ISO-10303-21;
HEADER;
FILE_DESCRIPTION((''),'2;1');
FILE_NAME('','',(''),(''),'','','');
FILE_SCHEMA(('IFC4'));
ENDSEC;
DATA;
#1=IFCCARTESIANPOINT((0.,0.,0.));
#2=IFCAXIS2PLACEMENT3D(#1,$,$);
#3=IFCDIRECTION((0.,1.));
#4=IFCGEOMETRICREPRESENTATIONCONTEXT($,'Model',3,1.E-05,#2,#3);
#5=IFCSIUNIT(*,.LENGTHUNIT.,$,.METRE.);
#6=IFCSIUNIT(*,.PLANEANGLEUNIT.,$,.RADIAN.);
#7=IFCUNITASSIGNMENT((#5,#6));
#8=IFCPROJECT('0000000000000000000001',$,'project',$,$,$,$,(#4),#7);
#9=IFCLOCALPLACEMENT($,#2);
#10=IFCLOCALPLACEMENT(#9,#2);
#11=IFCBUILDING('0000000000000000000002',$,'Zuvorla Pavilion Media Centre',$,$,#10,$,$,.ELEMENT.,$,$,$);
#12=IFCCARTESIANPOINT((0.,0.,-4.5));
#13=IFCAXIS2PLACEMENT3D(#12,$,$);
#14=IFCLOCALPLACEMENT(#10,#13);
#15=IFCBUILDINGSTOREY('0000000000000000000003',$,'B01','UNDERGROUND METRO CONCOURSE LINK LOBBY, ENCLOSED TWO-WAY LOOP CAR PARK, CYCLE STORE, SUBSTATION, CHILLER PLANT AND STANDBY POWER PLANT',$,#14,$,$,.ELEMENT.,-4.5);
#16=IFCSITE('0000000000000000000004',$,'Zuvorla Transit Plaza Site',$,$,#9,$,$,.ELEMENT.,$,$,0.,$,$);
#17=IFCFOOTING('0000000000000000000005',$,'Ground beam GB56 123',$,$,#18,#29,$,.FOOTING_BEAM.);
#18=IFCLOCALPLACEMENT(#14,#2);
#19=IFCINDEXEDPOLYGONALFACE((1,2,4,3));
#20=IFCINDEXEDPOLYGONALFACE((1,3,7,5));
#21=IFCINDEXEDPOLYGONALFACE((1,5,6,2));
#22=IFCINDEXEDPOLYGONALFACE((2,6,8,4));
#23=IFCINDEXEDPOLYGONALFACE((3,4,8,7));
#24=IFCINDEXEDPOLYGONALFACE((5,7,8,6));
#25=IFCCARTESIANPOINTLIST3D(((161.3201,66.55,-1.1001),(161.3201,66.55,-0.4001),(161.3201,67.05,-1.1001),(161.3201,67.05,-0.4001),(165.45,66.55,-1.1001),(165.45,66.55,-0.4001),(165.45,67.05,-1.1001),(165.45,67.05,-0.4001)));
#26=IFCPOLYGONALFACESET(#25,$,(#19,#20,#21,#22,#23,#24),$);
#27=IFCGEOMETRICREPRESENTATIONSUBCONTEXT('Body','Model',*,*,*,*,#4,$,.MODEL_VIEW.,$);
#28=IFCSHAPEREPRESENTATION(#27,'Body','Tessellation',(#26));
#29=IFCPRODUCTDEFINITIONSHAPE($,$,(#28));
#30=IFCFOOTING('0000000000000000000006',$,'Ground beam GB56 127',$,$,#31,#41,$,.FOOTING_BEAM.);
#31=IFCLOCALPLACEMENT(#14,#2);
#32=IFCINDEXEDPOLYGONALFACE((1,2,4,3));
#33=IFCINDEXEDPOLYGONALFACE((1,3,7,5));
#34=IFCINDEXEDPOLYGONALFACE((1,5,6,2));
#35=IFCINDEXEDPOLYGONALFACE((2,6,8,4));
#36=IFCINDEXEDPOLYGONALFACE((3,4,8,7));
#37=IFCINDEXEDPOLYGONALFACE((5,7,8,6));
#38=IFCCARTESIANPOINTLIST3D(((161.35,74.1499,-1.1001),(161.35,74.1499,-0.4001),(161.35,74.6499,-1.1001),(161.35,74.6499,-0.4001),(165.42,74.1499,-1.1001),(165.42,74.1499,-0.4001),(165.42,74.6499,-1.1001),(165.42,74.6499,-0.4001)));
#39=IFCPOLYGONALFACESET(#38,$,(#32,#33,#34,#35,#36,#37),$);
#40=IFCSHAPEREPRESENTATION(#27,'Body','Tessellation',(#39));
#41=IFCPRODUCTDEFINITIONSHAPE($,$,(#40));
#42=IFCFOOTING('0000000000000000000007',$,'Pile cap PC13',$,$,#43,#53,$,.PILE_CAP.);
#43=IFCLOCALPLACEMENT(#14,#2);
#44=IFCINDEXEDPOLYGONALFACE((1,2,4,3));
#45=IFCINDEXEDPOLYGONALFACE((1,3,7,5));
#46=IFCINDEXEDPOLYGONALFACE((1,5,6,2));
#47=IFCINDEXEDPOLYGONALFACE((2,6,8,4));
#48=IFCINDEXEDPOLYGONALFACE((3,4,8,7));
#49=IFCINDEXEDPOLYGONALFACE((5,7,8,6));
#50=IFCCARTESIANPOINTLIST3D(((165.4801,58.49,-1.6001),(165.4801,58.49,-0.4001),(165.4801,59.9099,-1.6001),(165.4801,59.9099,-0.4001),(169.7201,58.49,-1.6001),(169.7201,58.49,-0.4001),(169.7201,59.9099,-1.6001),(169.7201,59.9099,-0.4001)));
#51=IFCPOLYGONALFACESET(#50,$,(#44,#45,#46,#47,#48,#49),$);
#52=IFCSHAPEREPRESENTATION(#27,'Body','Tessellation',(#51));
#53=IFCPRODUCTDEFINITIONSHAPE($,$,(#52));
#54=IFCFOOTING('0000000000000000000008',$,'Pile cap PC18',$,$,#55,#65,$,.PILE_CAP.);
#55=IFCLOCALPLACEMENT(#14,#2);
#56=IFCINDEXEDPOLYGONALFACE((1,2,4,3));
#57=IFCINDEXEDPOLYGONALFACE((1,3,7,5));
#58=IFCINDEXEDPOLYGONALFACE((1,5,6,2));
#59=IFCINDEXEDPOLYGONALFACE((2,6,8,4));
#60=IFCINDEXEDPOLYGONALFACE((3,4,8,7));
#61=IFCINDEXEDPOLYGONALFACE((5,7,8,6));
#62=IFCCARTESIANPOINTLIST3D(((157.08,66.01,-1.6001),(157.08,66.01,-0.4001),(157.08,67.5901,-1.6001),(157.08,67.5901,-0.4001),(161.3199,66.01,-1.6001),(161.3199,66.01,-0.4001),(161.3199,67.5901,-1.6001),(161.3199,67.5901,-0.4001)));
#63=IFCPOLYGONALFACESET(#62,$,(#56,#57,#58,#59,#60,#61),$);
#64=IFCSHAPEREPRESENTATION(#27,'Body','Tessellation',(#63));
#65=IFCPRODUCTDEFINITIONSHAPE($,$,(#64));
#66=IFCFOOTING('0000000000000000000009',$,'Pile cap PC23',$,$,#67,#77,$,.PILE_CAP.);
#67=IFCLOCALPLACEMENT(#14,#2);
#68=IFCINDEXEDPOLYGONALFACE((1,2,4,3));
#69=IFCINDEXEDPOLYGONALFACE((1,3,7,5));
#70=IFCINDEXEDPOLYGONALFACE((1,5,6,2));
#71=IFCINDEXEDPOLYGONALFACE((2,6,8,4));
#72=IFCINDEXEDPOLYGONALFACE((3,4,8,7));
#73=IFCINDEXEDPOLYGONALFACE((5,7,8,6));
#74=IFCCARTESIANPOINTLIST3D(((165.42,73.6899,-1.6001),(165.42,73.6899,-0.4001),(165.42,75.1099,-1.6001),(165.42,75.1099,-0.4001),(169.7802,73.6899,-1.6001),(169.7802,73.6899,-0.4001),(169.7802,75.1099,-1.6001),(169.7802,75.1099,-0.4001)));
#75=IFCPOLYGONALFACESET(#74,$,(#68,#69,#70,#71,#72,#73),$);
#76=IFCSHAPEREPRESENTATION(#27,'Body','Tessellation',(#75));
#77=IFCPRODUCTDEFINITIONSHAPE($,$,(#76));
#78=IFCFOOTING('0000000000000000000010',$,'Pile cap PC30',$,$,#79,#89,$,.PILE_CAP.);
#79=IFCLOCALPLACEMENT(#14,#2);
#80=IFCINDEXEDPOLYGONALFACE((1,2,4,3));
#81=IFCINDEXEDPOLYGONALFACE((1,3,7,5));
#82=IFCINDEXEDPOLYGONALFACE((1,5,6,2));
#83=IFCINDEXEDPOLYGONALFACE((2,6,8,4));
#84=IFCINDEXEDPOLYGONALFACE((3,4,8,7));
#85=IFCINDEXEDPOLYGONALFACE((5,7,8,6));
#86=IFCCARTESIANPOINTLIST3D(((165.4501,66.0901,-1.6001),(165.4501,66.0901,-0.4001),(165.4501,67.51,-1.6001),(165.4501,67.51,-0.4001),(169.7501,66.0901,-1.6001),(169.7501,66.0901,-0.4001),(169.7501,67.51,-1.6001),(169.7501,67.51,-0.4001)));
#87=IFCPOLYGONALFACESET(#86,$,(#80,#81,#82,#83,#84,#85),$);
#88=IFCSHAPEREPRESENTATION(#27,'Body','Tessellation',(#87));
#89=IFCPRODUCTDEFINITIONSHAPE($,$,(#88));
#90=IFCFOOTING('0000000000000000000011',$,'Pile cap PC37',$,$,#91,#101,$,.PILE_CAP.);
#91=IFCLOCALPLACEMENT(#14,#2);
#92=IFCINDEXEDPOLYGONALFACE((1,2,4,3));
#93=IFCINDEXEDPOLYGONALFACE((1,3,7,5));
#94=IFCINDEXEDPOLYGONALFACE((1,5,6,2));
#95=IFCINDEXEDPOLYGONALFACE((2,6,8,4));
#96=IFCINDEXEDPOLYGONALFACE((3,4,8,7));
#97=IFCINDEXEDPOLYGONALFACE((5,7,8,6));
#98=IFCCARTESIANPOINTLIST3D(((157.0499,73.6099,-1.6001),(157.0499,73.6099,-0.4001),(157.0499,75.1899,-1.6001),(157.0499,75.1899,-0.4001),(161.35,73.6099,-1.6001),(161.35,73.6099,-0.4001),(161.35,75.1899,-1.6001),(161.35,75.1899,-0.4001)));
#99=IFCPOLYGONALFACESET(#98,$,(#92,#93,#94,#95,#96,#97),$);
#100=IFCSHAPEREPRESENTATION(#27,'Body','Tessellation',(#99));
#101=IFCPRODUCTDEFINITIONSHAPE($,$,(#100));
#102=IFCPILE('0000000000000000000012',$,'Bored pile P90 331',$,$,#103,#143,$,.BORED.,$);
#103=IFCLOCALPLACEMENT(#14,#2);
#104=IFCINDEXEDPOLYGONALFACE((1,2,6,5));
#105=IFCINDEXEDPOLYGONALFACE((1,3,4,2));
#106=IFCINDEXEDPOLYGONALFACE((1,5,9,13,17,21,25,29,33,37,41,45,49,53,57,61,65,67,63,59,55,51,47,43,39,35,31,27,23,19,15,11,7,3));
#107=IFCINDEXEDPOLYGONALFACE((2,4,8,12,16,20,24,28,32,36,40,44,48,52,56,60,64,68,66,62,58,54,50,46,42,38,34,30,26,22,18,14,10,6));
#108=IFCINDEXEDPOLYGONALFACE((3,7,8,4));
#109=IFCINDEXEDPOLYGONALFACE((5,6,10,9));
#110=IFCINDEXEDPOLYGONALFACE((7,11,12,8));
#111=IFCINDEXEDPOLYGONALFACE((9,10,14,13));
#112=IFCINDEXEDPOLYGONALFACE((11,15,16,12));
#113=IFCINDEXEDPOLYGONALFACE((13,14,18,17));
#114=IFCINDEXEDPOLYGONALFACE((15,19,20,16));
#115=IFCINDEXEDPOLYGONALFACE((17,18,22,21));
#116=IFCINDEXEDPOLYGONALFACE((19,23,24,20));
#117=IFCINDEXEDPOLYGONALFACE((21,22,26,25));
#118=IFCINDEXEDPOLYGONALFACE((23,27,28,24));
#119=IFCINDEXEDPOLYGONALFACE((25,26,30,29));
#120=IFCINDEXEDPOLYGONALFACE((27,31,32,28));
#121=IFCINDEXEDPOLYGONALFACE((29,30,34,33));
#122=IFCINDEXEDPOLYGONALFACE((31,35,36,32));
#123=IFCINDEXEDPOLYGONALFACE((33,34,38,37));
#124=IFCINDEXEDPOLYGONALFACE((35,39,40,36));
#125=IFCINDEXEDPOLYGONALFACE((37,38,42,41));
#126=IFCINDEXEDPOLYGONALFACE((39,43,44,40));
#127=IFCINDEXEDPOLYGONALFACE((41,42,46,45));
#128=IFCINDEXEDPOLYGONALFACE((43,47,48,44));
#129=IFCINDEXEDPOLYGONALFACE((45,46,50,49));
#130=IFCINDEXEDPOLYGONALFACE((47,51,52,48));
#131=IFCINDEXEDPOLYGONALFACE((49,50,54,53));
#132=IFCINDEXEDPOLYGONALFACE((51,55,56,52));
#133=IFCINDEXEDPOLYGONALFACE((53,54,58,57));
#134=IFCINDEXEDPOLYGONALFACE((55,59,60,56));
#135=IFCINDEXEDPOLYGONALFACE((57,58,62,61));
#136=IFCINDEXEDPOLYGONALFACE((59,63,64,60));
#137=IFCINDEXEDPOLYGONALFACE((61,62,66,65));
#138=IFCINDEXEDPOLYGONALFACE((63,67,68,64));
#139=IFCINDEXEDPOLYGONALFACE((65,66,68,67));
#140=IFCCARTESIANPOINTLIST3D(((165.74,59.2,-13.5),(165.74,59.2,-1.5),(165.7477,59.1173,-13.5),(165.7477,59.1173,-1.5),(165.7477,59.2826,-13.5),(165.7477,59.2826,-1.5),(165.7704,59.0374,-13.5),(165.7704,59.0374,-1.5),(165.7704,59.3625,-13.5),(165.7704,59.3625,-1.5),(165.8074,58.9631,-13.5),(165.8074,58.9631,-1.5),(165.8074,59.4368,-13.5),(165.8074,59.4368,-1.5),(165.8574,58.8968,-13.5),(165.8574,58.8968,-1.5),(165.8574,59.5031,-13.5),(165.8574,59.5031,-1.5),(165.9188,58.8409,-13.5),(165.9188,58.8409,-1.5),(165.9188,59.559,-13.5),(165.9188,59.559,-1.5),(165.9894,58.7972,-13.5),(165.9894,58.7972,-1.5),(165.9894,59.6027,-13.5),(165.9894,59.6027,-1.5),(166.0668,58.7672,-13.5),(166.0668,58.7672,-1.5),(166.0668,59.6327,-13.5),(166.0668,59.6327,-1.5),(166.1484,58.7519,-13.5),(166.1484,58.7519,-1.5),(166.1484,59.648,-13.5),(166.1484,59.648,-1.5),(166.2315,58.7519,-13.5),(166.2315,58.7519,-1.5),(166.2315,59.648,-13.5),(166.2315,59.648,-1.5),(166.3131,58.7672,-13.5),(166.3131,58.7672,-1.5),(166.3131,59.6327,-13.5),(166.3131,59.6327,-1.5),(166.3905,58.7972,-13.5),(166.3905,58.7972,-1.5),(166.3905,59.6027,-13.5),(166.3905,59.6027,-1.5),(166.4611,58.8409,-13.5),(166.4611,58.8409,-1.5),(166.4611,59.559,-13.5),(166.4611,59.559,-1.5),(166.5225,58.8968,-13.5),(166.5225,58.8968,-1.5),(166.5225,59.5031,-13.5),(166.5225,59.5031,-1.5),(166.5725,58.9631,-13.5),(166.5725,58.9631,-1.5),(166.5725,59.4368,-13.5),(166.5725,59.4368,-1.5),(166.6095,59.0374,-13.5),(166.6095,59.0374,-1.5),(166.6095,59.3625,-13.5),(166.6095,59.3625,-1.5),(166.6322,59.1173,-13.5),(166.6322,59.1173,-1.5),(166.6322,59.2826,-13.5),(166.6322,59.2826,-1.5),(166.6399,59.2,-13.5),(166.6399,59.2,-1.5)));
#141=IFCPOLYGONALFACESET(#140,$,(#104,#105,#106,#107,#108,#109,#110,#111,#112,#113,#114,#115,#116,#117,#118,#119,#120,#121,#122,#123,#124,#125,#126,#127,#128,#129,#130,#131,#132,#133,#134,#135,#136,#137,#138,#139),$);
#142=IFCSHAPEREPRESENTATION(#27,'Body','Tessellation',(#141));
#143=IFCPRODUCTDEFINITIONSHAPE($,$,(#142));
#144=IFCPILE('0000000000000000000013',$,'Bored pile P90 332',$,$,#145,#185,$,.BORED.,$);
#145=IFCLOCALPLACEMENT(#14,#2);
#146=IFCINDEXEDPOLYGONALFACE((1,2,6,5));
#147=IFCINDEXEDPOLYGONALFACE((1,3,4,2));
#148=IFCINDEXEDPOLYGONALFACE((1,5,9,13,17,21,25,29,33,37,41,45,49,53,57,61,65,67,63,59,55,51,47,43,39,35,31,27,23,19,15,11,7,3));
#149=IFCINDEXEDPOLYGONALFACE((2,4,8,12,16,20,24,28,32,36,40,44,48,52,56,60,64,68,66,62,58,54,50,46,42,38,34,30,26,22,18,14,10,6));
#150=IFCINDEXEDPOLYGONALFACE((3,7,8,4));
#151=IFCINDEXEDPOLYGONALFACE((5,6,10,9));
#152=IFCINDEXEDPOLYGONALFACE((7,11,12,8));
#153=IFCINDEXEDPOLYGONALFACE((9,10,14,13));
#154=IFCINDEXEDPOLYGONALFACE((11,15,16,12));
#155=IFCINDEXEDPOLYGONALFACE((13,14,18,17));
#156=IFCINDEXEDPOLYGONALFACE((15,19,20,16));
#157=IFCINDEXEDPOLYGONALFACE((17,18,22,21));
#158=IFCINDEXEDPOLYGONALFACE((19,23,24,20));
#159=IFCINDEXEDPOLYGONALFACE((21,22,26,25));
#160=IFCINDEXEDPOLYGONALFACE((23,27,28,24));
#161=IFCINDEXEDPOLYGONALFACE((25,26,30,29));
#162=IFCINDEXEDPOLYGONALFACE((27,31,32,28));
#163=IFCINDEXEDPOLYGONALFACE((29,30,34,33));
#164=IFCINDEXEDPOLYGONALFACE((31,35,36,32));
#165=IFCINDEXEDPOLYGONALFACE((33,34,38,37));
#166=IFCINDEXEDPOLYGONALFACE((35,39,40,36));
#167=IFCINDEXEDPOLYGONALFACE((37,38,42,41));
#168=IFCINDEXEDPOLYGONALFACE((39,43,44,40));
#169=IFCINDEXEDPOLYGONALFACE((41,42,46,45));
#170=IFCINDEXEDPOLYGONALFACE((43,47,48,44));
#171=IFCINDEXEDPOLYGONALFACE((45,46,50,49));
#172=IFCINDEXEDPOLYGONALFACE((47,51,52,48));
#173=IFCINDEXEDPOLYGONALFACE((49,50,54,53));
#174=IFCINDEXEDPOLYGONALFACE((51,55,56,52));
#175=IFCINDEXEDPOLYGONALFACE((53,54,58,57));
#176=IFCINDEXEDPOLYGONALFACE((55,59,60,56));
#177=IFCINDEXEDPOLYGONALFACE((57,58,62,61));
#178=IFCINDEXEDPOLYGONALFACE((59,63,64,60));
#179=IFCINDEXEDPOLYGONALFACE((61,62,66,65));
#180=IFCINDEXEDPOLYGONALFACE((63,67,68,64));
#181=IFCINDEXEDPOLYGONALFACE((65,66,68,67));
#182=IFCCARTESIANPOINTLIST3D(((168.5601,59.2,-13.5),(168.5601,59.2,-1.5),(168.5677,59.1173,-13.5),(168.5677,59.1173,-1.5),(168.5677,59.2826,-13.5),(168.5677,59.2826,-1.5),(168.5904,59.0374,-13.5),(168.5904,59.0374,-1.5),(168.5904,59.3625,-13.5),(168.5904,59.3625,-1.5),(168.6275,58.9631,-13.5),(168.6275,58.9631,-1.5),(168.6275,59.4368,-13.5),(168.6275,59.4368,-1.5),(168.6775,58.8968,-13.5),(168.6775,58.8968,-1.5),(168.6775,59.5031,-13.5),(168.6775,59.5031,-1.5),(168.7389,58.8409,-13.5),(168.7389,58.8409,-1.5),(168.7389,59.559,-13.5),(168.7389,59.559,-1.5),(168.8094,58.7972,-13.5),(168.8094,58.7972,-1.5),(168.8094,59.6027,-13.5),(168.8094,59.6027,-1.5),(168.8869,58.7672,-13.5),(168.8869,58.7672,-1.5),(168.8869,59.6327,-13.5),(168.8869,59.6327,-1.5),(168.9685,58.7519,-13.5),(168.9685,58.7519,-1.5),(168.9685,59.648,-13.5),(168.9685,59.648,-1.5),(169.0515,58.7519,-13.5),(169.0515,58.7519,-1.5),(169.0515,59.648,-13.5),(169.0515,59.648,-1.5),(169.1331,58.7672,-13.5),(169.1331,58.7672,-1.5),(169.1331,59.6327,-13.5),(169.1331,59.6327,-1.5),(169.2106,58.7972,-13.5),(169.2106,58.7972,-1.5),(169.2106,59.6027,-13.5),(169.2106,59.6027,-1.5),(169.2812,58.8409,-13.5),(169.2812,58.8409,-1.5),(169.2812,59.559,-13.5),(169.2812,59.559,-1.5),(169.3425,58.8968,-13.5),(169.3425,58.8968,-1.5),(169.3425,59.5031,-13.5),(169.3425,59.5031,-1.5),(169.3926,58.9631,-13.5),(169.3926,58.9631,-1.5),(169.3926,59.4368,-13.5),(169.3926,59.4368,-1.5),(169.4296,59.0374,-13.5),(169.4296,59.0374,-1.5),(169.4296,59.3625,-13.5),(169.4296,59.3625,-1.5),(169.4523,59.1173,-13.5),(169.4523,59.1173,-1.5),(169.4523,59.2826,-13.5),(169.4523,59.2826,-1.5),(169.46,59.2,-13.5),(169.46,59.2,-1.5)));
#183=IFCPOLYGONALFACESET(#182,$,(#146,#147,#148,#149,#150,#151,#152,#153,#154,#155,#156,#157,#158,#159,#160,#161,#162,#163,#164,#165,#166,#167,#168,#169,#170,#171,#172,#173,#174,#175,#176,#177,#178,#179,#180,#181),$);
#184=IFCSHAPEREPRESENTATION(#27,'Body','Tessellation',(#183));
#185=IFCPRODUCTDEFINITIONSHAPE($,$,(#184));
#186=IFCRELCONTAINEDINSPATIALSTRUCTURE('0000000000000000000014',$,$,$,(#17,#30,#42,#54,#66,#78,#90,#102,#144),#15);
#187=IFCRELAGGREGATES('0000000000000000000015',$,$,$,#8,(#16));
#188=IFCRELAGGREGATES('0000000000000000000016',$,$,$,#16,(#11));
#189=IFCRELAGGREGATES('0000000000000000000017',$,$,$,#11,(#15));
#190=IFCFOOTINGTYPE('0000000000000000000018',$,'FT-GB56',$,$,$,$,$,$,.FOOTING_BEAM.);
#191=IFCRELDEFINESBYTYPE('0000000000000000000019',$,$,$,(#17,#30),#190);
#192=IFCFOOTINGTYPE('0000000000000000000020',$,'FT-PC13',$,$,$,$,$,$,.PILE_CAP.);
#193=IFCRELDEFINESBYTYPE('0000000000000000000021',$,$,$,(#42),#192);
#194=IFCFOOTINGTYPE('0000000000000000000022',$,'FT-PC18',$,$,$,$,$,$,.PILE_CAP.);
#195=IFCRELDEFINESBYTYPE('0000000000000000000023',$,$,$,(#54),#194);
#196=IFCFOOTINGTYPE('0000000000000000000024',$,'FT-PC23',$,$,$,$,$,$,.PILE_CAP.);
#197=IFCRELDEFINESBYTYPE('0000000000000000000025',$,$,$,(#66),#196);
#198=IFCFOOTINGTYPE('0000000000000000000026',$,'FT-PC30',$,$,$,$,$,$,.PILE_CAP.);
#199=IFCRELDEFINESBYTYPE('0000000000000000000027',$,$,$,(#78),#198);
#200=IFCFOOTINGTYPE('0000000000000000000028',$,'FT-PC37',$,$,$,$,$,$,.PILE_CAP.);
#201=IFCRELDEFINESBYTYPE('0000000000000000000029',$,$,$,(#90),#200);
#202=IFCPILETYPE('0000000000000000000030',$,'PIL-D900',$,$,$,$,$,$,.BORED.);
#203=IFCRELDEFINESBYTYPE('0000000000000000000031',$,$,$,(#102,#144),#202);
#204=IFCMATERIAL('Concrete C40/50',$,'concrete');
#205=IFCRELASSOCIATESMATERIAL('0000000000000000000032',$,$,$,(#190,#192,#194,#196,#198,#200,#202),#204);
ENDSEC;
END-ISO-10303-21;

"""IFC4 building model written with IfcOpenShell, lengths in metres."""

from ifc_helpers import new_model, si_unit, direction, frame, origin, origin_2d, place, context, subcontext, project, spatial, rectangle, circle, extrude, material, material_profile, profile_set, type_object, element, save


model = new_model("IFC4")

# Units and contexts
model_context = context("Model", 3, precision=1e-05, world=origin(), true_north=direction((0.0, 1.0)))
body_context = subcontext(model_context, "Body", "Model", "MODEL_VIEW")
ifc_project = project(units=[si_unit("LENGTHUNIT", "METRE"), si_unit("PLANEANGLEUNIT", "RADIAN")], contexts=[model_context])

# Site, building, storey
site_placement = place(None, origin())
site = spatial("IfcSite", under=ifc_project, at=site_placement, Name="Zuvorla Transit Plaza Site", CompositionType="ELEMENT", RefElevation=0.0)
building_placement = place(site_placement, origin())
building = spatial("IfcBuilding", under=site, at=building_placement, Name="Zuvorla Pavilion Media Centre", CompositionType="ELEMENT")
storey_placement = place(building_placement, frame((0.0, 0.0, -4.5)))
storey = spatial("IfcBuildingStorey", under=building, at=storey_placement, Name="B01", Description="UNDERGROUND METRO CONCOURSE LINK LOBBY, ENCLOSED TWO-WAY LOOP CAR PARK, CYCLE STORE, SUBSTATION, CHILLER PLANT AND STANDBY POWER PLANT", CompositionType="ELEMENT", Elevation=-4.5)

# Footings
ifc_material = material(Name="Concrete C40/50", Category="concrete")
footing_type_1 = type_object("IfcFootingType", Name="FT-GB56", PredefinedType="FOOTING_BEAM", material=ifc_material)
footing_1_placement = place(storey_placement, frame((163.385, 66.8, -1.1001), z_axis=(0.0, 0.0, 1.0), x_axis=(1.0, 0.0, 0.0)))
element("IfcFooting", 1, at=footing_1_placement, inside=storey, type_object=footing_type_1, Name="Ground beam GB56 123", PredefinedType="FOOTING_BEAM", context=body_context, shape_type="SweptSolid", body=[
    extrude(rectangle(XDim=4.1299, YDim=0.5, at=origin_2d()), origin(), (0.0, 0.0, 1.0), 0.7),
])
footing_2_placement = place(storey_placement, frame((163.385, 74.3999, -1.1001), z_axis=(0.0, 0.0, 1.0), x_axis=(1.0, 0.0, 0.0)))
element("IfcFooting", 2, at=footing_2_placement, inside=storey, type_object=footing_type_1, Name="Ground beam GB56 127", PredefinedType="FOOTING_BEAM", context=body_context, shape_type="SweptSolid", body=[
    extrude(rectangle(XDim=4.0701, YDim=0.5, at=origin_2d()), origin(), (0.0, 0.0, 1.0), 0.7),
])
footing_type_2 = type_object("IfcFootingType", Name="FT-PC13", PredefinedType="PILE_CAP", material=ifc_material)
footing_3_placement = place(storey_placement, frame((167.6001, 59.2, -1.6001), z_axis=(0.0, 0.0, 1.0), x_axis=(1.0, 0.0, 0.0)))
element("IfcFooting", 3, at=footing_3_placement, inside=storey, type_object=footing_type_2, Name="Pile cap PC13", PredefinedType="PILE_CAP", context=body_context, shape_type="SweptSolid", body=[
    extrude(rectangle(XDim=4.24, YDim=1.4199, at=origin_2d()), origin(), (0.0, 0.0, 1.0), 1.2),
])
footing_type_3 = type_object("IfcFootingType", Name="FT-PC18", PredefinedType="PILE_CAP", material=ifc_material)
footing_4_placement = place(storey_placement, frame((159.2, 66.8, -1.6001), z_axis=(0.0, 0.0, 1.0), x_axis=(1.0, 0.0, 0.0)))
element("IfcFooting", 4, at=footing_4_placement, inside=storey, type_object=footing_type_3, Name="Pile cap PC18", PredefinedType="PILE_CAP", context=body_context, shape_type="SweptSolid", body=[
    extrude(rectangle(XDim=4.24, YDim=1.5801, at=origin_2d()), origin(), (0.0, 0.0, 1.0), 1.2),
])
footing_type_4 = type_object("IfcFootingType", Name="FT-PC23", PredefinedType="PILE_CAP", material=ifc_material)
footing_5_placement = place(storey_placement, frame((167.6001, 74.3999, -1.6001), z_axis=(0.0, 0.0, 1.0), x_axis=(1.0, 0.0, 0.0)))
element("IfcFooting", 5, at=footing_5_placement, inside=storey, type_object=footing_type_4, Name="Pile cap PC23", PredefinedType="PILE_CAP", context=body_context, shape_type="SweptSolid", body=[
    extrude(rectangle(XDim=4.3601, YDim=1.4199, at=origin_2d()), origin(), (0.0, 0.0, 1.0), 1.2),
])
footing_type_5 = type_object("IfcFootingType", Name="FT-PC30", PredefinedType="PILE_CAP", material=ifc_material)
footing_6_placement = place(storey_placement, frame((167.6001, 66.8, -1.6001), z_axis=(0.0, 0.0, 1.0), x_axis=(1.0, 0.0, 0.0)))
element("IfcFooting", 6, at=footing_6_placement, inside=storey, type_object=footing_type_5, Name="Pile cap PC30", PredefinedType="PILE_CAP", context=body_context, shape_type="SweptSolid", body=[
    extrude(rectangle(XDim=4.3, YDim=1.4199, at=origin_2d()), origin(), (0.0, 0.0, 1.0), 1.2),
])
footing_type_6 = type_object("IfcFootingType", Name="FT-PC37", PredefinedType="PILE_CAP", material=ifc_material)
footing_7_placement = place(storey_placement, frame((159.2, 74.3999, -1.6001), z_axis=(0.0, 0.0, 1.0), x_axis=(1.0, 0.0, 0.0)))
element("IfcFooting", 7, at=footing_7_placement, inside=storey, type_object=footing_type_6, Name="Pile cap PC37", PredefinedType="PILE_CAP", context=body_context, shape_type="SweptSolid", body=[
    extrude(rectangle(XDim=4.3, YDim=1.5801, at=origin_2d()), origin(), (0.0, 0.0, 1.0), 1.2),
])

# Piles
ifc_material_profile_1 = material_profile(ifc_material, circle(Radius=0.45, at=origin_2d()), Name="BORED PILE 900")
ifc_profile_set_1 = profile_set([ifc_material_profile_1], Name="Concrete C40/50")
pile_type = type_object("IfcPileType", Name="PIL-D900", PredefinedType="BORED", material=ifc_profile_set_1)
for number, where, z_axis, x_axis, name in (
    (8, (166.1899, 59.2, -1.5), (0.0, 0.0, -1.0), (1.0, 0.0, 0.0), "Bored pile P90 331"),
    (9, (169.01, 59.2, -1.5), (0.0, 0.0, -1.0), (1.0, 0.0, 0.0), "Bored pile P90 332"),
):
    element("IfcPile", number, at=place(storey_placement, frame(where, z_axis=z_axis, x_axis=x_axis)), inside=storey, type_object=pile_type, Name=name, PredefinedType="BORED", context=body_context, shape_type="SweptSolid", body=[
        extrude(circle(Radius=0.45, at=origin_2d()), origin(), (0.0, 0.0, 1.0), 12.0),
    ])

save(model, "model.ifc")
